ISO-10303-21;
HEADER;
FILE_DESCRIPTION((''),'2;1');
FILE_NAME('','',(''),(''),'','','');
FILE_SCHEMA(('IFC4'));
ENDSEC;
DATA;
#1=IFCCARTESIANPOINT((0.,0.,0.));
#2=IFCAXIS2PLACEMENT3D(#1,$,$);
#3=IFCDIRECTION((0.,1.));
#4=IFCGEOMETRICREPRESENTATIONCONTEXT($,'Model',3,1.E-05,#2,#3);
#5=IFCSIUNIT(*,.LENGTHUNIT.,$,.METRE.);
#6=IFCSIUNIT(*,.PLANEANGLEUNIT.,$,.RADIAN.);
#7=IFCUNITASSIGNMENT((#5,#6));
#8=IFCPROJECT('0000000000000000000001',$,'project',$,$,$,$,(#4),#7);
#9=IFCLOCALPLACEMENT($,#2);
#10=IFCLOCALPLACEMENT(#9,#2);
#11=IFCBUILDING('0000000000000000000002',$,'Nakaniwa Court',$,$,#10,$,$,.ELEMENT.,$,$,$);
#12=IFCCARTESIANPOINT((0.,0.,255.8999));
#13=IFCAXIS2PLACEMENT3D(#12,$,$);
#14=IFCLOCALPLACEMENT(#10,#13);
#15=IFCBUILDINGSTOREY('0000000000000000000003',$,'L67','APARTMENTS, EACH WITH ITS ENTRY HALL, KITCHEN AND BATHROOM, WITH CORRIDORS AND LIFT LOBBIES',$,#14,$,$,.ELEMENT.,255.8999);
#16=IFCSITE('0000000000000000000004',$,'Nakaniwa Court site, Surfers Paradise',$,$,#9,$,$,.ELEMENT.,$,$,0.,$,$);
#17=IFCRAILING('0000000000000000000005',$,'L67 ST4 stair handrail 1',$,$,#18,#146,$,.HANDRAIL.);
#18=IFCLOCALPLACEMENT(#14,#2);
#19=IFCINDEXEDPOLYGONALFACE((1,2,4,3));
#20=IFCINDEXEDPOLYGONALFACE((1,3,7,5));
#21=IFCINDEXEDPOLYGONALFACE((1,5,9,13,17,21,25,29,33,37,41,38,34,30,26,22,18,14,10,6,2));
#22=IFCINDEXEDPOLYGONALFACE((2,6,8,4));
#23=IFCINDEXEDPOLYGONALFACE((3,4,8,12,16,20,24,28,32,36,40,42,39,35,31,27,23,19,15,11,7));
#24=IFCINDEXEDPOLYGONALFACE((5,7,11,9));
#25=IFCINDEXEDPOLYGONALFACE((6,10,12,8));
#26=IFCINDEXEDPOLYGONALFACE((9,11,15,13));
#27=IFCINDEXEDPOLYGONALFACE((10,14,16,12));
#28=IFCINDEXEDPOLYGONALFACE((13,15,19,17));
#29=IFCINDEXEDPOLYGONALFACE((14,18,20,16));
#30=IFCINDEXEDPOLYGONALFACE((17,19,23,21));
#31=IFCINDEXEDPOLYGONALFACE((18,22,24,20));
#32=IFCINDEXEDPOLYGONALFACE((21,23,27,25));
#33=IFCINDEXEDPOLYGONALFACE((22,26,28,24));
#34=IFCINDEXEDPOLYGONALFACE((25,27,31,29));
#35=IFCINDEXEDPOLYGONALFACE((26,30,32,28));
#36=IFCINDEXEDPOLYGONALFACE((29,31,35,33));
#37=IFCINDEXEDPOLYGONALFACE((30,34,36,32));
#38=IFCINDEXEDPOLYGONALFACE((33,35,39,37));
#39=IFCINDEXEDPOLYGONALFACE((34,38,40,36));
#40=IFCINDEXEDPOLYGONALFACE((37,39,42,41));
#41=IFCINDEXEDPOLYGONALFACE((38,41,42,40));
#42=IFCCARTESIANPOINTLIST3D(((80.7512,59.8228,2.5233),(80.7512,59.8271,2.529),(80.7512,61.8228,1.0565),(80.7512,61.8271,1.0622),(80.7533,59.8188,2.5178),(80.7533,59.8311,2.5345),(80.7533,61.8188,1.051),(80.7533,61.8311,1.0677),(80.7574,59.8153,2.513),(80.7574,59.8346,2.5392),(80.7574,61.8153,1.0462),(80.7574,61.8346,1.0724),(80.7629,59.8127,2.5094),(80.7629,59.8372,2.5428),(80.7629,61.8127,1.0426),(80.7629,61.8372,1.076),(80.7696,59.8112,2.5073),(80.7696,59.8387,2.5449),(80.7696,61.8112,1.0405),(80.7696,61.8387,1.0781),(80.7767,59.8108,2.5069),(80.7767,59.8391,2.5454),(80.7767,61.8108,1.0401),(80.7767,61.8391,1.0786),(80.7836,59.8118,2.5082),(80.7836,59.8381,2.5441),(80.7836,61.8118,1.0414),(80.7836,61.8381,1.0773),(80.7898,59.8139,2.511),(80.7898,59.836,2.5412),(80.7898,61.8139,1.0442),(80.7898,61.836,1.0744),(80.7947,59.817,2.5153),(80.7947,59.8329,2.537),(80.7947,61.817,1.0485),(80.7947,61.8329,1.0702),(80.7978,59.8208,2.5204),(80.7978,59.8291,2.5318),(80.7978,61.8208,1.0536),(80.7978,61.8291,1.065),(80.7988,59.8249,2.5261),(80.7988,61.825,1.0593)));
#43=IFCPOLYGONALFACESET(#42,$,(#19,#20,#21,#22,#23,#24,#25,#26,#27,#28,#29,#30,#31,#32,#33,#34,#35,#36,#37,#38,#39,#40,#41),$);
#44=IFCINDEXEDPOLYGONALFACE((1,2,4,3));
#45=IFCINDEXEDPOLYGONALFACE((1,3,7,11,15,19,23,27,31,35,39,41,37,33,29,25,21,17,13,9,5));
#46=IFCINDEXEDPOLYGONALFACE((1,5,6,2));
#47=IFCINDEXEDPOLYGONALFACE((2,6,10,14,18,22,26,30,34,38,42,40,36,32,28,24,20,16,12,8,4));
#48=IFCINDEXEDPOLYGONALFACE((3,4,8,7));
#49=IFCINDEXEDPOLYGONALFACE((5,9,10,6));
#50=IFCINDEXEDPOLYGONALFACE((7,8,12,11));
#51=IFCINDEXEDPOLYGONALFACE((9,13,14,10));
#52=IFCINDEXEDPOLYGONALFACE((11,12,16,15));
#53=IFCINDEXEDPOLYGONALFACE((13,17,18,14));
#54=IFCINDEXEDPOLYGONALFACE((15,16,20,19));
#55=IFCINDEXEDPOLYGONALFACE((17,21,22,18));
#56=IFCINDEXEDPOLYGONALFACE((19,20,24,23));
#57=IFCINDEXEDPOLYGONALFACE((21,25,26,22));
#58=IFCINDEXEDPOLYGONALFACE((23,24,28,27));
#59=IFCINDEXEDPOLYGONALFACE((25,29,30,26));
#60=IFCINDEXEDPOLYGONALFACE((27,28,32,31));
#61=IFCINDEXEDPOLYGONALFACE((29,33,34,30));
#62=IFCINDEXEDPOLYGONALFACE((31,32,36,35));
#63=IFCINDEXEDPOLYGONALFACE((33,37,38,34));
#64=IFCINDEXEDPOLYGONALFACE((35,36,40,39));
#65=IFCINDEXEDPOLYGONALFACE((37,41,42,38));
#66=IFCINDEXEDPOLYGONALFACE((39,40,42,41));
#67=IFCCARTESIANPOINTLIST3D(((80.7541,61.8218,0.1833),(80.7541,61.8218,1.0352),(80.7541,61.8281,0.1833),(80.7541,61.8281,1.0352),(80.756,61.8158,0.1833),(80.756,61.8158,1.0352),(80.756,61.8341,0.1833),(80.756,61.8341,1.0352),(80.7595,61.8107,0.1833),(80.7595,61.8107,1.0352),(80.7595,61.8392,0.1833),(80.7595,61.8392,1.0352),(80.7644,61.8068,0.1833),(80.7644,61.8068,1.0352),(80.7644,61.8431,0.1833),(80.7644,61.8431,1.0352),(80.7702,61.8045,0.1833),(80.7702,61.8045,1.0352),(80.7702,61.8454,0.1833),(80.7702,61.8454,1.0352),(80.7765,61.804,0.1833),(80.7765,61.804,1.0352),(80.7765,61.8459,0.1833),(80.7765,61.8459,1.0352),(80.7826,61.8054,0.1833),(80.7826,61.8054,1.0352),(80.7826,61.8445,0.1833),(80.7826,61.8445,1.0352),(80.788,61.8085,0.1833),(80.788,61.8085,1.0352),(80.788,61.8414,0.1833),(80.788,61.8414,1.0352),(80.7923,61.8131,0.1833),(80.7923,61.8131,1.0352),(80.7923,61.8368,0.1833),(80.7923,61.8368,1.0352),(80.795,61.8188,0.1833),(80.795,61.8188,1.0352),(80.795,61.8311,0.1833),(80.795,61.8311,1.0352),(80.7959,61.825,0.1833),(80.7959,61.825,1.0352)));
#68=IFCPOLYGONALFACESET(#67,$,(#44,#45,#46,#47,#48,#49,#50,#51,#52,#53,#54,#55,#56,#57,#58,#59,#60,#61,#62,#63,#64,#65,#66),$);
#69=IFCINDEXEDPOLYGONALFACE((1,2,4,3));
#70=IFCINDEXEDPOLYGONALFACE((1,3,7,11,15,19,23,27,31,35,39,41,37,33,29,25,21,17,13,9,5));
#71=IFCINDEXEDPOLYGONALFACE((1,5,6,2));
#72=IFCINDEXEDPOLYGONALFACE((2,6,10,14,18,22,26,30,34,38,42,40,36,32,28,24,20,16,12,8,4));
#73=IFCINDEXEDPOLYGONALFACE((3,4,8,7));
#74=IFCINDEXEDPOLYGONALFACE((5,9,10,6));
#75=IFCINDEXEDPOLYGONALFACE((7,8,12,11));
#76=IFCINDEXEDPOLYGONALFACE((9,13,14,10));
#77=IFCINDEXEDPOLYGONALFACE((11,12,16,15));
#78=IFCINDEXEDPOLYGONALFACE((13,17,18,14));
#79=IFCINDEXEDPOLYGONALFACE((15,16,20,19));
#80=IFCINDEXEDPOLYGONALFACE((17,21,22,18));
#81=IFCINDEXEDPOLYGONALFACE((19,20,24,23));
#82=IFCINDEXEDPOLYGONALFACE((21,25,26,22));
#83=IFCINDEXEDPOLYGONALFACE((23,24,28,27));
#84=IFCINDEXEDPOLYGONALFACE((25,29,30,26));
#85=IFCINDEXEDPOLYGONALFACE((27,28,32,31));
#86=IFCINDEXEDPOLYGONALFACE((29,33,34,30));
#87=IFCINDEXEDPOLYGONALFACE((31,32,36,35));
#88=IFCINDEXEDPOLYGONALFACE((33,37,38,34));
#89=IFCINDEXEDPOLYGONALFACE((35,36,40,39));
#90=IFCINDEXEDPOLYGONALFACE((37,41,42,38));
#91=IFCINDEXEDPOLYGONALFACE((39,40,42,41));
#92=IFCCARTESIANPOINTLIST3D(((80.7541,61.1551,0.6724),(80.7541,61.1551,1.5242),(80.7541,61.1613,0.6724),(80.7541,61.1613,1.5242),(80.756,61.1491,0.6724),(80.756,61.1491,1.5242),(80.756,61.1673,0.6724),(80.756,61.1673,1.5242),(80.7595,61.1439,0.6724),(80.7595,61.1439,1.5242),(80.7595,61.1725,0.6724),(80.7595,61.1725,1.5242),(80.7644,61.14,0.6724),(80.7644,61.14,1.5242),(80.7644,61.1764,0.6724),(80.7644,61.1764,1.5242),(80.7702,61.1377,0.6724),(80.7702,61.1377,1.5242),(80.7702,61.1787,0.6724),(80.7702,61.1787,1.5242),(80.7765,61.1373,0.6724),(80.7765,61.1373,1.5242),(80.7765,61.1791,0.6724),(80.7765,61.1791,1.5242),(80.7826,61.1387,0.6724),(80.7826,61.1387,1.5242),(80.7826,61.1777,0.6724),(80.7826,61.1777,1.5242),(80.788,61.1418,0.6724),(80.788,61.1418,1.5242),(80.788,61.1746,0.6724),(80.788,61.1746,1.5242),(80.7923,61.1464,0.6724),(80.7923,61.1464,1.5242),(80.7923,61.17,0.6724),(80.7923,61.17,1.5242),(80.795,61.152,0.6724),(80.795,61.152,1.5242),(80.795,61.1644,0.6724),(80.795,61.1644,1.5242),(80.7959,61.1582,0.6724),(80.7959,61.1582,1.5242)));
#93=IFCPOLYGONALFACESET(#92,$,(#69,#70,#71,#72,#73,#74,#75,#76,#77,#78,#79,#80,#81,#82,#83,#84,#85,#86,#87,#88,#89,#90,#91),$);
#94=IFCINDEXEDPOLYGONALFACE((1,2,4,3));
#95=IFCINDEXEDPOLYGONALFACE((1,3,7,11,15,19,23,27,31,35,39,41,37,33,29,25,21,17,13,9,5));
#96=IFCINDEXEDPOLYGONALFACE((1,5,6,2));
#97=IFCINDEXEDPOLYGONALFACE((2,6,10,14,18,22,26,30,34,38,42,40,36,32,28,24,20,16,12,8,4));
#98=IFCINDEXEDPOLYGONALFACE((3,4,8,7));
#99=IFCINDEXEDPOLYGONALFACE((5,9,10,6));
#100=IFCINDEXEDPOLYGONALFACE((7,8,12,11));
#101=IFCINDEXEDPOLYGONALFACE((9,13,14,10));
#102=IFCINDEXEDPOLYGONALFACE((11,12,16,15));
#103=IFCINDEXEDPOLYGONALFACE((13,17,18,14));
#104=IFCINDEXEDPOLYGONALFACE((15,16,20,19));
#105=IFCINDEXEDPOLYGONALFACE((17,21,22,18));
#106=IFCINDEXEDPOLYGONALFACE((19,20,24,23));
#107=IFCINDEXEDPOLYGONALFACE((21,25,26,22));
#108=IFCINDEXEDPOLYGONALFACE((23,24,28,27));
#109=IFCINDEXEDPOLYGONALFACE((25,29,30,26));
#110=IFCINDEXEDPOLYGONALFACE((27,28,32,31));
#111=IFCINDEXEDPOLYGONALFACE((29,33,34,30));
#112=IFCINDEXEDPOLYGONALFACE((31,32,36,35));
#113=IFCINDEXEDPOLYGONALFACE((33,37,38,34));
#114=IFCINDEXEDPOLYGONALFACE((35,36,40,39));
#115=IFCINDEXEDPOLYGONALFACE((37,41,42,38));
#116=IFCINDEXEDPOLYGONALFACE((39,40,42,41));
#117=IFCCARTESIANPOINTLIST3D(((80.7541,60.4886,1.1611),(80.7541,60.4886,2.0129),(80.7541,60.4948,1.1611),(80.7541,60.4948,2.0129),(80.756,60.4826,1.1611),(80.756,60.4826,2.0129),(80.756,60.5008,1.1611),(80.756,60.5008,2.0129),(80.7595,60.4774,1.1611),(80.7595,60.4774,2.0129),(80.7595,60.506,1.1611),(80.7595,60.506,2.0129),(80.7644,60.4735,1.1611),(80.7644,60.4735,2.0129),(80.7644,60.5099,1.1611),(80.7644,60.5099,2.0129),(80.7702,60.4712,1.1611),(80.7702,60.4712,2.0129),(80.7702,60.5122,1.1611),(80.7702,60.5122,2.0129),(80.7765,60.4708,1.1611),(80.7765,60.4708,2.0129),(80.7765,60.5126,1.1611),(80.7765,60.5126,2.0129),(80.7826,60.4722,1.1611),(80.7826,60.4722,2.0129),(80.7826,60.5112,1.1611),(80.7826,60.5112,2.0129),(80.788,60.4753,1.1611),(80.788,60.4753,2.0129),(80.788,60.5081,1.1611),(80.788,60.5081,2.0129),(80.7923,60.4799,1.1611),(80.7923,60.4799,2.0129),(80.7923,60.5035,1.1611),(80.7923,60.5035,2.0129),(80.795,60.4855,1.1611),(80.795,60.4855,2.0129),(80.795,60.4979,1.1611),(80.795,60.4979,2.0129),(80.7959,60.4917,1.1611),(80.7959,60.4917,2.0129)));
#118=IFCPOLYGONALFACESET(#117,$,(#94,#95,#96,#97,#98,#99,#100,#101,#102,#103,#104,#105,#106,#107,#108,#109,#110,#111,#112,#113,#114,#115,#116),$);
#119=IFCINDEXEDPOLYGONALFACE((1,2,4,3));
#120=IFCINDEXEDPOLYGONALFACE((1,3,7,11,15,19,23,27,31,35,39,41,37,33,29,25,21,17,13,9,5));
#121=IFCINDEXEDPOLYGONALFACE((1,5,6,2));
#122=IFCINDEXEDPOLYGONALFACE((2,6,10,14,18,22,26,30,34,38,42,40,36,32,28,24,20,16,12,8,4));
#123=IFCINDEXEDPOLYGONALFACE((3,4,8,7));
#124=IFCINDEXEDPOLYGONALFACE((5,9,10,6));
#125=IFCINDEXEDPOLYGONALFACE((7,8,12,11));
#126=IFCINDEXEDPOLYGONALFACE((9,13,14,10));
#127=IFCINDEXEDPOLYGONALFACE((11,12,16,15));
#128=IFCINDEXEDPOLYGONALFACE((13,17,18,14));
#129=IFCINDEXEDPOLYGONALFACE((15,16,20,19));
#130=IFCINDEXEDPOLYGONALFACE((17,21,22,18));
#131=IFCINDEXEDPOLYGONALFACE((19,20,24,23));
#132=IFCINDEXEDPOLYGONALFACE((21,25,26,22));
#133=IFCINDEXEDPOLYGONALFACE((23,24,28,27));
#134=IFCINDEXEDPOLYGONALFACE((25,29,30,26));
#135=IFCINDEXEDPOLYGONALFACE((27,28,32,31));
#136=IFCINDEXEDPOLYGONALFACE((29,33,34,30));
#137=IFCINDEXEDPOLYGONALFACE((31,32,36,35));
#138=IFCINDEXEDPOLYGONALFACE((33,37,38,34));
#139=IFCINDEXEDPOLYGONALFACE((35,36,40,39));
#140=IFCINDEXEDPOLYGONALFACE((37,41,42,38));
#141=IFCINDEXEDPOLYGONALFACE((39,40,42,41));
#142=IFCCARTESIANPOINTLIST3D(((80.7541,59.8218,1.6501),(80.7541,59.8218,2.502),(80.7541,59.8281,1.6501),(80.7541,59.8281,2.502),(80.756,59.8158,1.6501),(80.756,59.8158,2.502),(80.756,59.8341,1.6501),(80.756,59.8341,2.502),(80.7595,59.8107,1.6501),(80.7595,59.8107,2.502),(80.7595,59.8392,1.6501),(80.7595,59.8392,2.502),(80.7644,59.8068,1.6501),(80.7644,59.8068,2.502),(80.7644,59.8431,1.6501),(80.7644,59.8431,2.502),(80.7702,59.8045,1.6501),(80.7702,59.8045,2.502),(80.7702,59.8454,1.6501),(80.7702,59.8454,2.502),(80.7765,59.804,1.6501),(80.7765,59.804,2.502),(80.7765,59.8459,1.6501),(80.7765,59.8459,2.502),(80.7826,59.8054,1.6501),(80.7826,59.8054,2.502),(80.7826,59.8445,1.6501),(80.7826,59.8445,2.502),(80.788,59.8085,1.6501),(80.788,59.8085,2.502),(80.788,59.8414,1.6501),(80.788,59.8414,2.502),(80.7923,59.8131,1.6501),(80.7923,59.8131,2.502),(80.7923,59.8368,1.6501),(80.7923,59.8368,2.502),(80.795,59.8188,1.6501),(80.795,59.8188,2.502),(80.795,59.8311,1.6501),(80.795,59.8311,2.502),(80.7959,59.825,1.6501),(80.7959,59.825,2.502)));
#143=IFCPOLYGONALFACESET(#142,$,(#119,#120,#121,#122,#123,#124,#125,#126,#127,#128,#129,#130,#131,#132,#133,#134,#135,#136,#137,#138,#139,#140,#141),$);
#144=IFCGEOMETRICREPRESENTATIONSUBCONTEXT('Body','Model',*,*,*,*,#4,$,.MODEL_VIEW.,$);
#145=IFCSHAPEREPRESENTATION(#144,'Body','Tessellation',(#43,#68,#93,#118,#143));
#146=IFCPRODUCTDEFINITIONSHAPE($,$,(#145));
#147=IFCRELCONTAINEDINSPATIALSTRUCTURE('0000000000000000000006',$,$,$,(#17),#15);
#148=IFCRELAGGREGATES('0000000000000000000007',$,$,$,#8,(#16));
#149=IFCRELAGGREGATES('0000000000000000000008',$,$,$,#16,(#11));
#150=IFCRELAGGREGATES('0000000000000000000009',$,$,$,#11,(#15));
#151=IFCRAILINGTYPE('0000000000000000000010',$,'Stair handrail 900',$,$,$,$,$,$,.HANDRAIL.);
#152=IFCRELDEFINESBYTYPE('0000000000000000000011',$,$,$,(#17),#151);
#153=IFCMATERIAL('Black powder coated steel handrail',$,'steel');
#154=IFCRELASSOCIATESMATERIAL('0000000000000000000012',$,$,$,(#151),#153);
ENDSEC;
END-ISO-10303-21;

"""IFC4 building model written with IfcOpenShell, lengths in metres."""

from ifc_helpers import new_model, si_unit, direction, frame, origin, origin_2d, place, context, subcontext, project, spatial, circle, extrude, material, type_object, element, save


model = new_model("IFC4")

# Units and contexts
model_context = context("Model", 3, precision=1e-05, world=origin(), true_north=direction((0.0, 1.0)))
body_context = subcontext(model_context, "Body", "Model", "MODEL_VIEW")
ifc_project = project(units=[si_unit("LENGTHUNIT", "METRE"), si_unit("PLANEANGLEUNIT", "RADIAN")], contexts=[model_context])

# Site, building, storey
site_placement = place(None, origin())
site = spatial("IfcSite", under=ifc_project, at=site_placement, Name="Nakaniwa Court site, Surfers Paradise", CompositionType="ELEMENT", RefElevation=0.0)
building_placement = place(site_placement, origin())
building = spatial("IfcBuilding", under=site, at=building_placement, Name="Nakaniwa Court", CompositionType="ELEMENT")
storey_placement = place(building_placement, frame((0.0, 0.0, 255.8999)))
storey = spatial("IfcBuildingStorey", under=building, at=storey_placement, Name="L67", Description="APARTMENTS, EACH WITH ITS ENTRY HALL, KITCHEN AND BATHROOM, WITH CORRIDORS AND LIFT LOBBIES", CompositionType="ELEMENT", Elevation=255.8999)

# Railing
ifc_material_1 = material(Name="Black powder coated steel handrail", Category="steel")
railing_type_1 = type_object("IfcRailingType", Name="Stair handrail 900", PredefinedType="HANDRAIL", material=ifc_material_1)
railing_1_placement = place(storey_placement, frame((80.7749, 61.825, 0.1833)))
element("IfcRailing", 1, at=railing_1_placement, inside=storey, type_object=railing_type_1, Name="L67 ST4 stair handrail 1", PredefinedType="HANDRAIL", context=body_context, shape_type="SweptSolid", body=[
    extrude(circle(Radius=0.0239, at=origin_2d()), frame((0.0, 0.0, 0.876), z_axis=(0.0, -0.80638, 0.591398), x_axis=(1.0, 0.0, 0.0)), (0.0, 0.0, 1.0), 2.4802),
    extrude(circle(Radius=0.021, at=origin_2d()), origin(), (0.0, 0.0, 1.0), 0.8518),
    extrude(circle(Radius=0.021, at=origin_2d()), frame((0.0, -0.6667, 0.489)), (0.0, 0.0, 1.0), 0.8518),
    extrude(circle(Radius=0.021, at=origin_2d()), frame((0.0, -1.3333, 0.9778)), (0.0, 0.0, 1.0), 0.8518),
    extrude(circle(Radius=0.021, at=origin_2d()), frame((0.0, -2.0, 1.4668)), (0.0, 0.0, 1.0), 0.8518),
])

save(model, "model.ifc")
